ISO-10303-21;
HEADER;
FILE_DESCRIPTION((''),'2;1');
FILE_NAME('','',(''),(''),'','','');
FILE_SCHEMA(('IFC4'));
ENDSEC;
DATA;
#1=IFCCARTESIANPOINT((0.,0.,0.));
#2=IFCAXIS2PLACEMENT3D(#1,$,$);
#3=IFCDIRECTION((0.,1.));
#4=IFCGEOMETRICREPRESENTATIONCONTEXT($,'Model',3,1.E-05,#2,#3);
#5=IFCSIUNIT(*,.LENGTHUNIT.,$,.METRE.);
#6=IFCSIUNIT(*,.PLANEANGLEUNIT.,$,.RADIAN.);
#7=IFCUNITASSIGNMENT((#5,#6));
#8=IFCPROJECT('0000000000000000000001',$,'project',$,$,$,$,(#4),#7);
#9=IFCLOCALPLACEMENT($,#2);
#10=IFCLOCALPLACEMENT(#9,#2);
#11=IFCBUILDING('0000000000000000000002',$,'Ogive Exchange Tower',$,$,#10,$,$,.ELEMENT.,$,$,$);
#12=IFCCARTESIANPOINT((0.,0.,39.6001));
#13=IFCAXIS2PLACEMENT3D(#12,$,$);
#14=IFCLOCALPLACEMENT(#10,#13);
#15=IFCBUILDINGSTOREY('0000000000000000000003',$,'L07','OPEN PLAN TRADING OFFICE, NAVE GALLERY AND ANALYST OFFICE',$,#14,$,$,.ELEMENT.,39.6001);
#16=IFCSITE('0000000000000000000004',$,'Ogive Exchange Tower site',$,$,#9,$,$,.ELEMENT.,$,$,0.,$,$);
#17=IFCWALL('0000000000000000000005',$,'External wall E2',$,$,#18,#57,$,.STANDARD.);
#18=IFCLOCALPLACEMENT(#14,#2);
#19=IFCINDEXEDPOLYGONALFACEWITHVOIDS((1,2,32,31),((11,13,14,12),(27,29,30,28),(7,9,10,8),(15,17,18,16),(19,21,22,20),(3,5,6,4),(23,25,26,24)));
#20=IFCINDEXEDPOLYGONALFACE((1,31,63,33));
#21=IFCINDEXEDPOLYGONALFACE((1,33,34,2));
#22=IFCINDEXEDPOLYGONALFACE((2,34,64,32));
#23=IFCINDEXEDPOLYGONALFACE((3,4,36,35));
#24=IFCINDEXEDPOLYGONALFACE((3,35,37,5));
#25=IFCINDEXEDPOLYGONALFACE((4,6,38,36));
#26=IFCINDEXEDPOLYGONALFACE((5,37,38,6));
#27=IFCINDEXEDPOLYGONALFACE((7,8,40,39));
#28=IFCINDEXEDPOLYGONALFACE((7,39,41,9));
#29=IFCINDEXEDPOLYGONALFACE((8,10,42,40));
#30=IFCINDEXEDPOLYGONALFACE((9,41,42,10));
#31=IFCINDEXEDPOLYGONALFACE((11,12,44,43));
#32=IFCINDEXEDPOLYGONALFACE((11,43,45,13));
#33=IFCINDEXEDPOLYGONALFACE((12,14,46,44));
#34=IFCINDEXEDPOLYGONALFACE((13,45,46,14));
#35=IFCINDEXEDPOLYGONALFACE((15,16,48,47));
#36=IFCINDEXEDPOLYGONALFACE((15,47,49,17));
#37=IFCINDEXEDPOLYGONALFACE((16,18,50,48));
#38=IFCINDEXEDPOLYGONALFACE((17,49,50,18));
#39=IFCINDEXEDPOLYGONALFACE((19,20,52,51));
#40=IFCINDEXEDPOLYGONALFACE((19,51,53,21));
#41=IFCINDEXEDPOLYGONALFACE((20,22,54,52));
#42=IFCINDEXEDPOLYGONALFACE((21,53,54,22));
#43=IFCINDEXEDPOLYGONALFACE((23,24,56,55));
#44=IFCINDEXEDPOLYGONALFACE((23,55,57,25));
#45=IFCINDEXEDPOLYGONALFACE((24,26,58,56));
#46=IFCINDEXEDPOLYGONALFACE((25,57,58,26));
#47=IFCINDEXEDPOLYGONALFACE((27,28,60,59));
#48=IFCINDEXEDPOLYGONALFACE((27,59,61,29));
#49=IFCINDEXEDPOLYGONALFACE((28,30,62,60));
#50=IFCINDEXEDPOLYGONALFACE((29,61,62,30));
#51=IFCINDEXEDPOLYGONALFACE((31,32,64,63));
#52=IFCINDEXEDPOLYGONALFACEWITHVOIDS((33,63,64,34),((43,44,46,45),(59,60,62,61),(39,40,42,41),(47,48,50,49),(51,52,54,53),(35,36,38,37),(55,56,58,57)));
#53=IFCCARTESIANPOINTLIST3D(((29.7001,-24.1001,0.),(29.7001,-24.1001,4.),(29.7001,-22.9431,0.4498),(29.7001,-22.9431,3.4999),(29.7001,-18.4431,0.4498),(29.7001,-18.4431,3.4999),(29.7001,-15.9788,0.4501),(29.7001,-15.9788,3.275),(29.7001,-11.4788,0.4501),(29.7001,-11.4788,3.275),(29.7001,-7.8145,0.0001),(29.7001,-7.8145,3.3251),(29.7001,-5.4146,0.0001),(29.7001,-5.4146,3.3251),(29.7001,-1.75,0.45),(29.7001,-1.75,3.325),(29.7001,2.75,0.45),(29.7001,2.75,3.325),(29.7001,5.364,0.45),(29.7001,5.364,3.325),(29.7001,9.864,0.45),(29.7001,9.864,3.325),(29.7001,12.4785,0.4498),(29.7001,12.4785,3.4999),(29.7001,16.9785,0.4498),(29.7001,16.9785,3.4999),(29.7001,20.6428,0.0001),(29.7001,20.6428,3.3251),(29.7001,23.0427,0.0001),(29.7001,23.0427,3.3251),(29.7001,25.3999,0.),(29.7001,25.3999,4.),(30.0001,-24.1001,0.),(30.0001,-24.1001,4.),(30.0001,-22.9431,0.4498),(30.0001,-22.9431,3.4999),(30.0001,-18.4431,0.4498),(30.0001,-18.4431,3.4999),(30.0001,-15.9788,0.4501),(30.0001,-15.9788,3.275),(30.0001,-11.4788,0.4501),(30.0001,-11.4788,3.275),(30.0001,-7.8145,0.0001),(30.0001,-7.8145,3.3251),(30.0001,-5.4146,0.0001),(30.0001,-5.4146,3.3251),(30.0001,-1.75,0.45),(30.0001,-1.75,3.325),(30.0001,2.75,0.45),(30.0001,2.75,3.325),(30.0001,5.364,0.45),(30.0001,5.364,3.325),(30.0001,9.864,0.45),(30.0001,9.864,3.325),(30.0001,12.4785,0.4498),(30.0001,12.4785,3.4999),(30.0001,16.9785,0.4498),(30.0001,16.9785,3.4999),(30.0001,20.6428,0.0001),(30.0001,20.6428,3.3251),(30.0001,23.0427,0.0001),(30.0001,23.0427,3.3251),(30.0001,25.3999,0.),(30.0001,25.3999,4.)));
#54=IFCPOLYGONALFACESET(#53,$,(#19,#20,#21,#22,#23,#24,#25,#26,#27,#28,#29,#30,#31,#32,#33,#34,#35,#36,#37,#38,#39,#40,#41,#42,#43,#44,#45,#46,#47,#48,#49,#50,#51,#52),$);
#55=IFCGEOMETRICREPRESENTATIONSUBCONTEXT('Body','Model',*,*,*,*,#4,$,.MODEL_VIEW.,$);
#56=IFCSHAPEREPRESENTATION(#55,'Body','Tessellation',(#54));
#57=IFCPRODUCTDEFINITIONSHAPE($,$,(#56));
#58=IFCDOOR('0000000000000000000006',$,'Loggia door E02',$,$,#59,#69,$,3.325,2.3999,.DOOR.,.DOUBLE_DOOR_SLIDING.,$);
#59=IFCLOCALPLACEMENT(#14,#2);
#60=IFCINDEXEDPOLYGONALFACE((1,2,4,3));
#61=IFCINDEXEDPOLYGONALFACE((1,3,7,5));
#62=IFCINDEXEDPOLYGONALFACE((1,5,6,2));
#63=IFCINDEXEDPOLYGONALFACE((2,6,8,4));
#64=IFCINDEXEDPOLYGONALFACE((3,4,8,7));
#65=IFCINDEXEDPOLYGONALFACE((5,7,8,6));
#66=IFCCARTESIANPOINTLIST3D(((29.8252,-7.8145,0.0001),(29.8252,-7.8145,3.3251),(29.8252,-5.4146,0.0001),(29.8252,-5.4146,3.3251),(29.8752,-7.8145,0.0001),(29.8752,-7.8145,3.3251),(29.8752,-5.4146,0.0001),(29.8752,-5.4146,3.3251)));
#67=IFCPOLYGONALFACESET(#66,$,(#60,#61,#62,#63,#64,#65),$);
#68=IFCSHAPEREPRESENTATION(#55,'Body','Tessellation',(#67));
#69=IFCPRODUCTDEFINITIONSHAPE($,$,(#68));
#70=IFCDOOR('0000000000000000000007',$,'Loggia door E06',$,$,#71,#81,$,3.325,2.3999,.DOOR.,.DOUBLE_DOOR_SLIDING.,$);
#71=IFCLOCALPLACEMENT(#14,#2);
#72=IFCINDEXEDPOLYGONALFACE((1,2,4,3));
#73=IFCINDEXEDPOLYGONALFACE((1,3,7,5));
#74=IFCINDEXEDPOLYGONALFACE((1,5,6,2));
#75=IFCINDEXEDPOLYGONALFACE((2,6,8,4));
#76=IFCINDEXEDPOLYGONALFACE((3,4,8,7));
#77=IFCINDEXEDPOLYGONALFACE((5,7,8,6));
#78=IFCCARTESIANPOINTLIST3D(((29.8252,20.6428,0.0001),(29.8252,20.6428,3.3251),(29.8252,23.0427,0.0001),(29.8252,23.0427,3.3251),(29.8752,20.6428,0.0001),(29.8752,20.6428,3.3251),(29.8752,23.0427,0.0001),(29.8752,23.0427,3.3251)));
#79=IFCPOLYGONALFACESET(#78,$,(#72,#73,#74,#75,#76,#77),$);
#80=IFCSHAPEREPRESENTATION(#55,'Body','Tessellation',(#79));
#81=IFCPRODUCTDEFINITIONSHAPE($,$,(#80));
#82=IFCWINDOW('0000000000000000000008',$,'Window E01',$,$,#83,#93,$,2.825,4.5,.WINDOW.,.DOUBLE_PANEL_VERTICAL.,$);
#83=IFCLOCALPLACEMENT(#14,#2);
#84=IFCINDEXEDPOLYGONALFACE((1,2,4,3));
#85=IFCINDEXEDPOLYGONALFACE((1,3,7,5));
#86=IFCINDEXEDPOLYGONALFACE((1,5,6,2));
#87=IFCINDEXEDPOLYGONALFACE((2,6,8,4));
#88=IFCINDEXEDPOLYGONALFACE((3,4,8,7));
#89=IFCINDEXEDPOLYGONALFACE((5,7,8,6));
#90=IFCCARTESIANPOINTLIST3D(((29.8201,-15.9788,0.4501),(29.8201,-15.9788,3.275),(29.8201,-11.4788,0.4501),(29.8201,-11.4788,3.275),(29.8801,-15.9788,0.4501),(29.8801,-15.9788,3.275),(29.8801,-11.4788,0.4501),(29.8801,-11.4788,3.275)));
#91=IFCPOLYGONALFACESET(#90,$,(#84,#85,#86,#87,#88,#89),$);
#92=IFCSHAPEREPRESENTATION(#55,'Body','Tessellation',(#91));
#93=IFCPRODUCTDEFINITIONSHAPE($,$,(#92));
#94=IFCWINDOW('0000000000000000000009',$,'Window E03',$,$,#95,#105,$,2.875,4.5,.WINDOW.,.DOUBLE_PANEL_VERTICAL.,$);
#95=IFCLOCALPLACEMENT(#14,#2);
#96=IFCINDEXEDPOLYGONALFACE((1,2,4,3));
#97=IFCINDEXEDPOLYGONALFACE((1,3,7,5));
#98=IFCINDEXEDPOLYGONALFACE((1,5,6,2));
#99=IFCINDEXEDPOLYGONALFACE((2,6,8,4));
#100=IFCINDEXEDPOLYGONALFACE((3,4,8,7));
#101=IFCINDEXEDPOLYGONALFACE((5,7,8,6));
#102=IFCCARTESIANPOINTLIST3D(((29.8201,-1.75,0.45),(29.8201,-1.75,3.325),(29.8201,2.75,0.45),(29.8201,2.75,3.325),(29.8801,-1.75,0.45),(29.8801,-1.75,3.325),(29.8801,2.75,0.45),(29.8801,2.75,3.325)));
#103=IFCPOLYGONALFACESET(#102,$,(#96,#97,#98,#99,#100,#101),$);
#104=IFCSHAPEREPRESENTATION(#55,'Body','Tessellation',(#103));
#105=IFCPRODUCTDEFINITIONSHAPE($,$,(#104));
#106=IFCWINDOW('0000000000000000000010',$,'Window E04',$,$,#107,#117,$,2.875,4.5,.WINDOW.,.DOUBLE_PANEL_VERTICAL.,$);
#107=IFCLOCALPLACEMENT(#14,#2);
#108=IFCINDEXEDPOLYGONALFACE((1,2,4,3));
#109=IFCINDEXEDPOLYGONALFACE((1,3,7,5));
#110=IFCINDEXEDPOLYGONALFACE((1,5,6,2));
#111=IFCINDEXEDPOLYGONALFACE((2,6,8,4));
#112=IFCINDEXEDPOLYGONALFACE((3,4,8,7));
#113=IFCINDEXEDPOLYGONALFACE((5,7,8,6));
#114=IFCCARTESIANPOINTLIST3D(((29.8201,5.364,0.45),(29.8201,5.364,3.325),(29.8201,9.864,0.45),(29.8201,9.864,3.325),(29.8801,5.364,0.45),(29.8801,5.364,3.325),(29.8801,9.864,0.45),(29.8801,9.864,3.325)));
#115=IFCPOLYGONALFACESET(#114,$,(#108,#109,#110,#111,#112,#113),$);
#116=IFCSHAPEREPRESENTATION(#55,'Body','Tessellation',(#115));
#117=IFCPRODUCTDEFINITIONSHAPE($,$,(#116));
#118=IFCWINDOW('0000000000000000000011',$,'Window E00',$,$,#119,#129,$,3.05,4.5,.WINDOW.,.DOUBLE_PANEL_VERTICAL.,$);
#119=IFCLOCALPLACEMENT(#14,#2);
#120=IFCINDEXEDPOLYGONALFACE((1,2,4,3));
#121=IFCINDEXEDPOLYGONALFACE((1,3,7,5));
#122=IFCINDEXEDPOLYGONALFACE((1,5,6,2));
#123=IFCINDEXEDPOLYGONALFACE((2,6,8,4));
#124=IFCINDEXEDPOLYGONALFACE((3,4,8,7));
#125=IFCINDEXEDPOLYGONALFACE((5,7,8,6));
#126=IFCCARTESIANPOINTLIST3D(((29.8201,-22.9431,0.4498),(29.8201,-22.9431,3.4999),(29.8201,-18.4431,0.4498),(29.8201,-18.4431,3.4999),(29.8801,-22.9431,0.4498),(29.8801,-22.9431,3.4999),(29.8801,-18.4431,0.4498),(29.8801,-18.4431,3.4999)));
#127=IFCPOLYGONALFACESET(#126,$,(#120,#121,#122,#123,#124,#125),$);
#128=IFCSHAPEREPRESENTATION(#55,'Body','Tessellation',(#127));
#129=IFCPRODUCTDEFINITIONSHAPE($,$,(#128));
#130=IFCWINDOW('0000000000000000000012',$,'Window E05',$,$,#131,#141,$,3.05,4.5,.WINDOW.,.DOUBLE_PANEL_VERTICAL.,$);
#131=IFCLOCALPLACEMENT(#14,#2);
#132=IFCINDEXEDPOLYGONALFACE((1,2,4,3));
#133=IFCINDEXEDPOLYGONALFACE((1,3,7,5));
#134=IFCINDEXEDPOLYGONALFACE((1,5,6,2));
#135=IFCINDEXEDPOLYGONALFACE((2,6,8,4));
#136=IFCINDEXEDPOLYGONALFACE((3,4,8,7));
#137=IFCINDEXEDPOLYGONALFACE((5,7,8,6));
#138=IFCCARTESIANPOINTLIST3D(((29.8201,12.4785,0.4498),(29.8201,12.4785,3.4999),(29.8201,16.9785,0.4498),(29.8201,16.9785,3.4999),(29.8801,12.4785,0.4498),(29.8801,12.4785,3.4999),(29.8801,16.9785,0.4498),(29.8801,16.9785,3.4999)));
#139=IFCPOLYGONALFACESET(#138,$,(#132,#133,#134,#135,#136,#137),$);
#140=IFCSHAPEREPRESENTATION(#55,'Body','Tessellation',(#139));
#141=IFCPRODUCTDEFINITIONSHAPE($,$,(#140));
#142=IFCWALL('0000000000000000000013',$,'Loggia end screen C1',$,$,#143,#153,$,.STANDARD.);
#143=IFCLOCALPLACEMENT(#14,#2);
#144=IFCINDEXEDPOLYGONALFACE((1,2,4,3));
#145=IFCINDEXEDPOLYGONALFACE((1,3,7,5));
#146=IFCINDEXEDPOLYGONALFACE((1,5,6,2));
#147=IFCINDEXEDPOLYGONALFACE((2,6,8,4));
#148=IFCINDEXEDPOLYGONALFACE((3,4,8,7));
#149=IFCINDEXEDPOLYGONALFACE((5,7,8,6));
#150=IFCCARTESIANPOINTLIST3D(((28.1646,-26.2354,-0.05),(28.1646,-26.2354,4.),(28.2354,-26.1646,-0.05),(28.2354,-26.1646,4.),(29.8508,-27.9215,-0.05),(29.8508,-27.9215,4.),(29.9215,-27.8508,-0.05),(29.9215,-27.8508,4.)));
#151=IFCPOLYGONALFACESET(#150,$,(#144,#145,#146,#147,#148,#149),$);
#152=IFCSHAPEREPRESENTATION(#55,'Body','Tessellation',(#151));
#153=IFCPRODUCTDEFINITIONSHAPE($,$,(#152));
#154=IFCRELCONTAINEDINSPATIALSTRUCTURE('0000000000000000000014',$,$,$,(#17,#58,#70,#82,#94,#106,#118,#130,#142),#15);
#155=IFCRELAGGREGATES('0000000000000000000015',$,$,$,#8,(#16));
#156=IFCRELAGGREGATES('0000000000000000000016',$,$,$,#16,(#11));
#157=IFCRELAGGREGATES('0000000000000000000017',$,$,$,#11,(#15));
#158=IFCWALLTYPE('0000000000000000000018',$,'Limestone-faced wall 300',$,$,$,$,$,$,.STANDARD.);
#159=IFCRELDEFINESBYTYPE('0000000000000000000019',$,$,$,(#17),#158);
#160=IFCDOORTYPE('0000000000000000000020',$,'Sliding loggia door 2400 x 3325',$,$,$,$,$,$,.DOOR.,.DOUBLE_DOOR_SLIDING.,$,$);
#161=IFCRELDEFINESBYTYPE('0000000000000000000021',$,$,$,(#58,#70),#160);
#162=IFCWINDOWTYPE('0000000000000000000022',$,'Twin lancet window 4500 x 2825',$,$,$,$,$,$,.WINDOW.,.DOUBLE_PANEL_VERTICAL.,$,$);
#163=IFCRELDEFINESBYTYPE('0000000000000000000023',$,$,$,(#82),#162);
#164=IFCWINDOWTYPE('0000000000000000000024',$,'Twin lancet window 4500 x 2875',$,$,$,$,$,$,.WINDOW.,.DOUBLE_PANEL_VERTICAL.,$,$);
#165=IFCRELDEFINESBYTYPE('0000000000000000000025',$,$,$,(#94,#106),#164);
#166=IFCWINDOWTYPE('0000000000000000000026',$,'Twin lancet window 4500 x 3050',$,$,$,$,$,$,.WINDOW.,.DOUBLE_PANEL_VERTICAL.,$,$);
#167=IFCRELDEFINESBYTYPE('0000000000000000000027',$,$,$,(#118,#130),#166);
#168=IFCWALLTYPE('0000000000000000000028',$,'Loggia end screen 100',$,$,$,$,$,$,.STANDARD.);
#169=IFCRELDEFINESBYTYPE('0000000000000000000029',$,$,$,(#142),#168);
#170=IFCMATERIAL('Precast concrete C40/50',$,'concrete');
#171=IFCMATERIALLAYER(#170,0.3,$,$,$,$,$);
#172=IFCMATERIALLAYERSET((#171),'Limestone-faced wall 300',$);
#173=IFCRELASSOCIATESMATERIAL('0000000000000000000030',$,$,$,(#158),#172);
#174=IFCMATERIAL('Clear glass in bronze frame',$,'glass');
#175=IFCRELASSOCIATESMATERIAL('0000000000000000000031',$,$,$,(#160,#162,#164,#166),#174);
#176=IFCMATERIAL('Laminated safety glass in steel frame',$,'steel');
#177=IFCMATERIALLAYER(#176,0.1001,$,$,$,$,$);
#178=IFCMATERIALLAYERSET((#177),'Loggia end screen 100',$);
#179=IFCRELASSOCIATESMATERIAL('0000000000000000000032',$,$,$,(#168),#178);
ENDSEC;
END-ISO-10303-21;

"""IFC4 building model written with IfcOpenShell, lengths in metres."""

from ifc_helpers import new_model, si_unit, direction, frame, frame_2d, origin, place, context, subcontext, project, spatial, rectangle, extrude, material, layer, layer_set, type_object, element, fill, save


model = new_model("IFC4")

# Units and contexts
model_context = context("Model", 3, precision=1e-05, world=origin(), true_north=direction((0.0, 1.0)))
body_context = subcontext(model_context, "Body", "Model", "MODEL_VIEW")
ifc_project = project(units=[si_unit("LENGTHUNIT", "METRE"), si_unit("PLANEANGLEUNIT", "RADIAN")], contexts=[model_context])

# Site, building, storey
site_placement = place(None, origin())
site = spatial("IfcSite", under=ifc_project, at=site_placement, Name="Ogive Exchange Tower site", CompositionType="ELEMENT", RefElevation=0.0)
building_placement = place(site_placement, origin())
building = spatial("IfcBuilding", under=site, at=building_placement, Name="Ogive Exchange Tower", CompositionType="ELEMENT")
storey_placement = place(building_placement, frame((0.0, 0.0, 39.6001)))
storey = spatial("IfcBuildingStorey", under=building, at=storey_placement, Name="L07", Description="OPEN PLAN TRADING OFFICE, NAVE GALLERY AND ANALYST OFFICE", CompositionType="ELEMENT", Elevation=39.6001)

# Wall, openings, doors, windows
ifc_material_1 = material(Name="Precast concrete C40/50", Category="concrete")
ifc_layer_1 = layer(ifc_material_1, 0.3)
ifc_layer_set_1 = layer_set([ifc_layer_1], Name="Limestone-faced wall 300")
wall_type_1 = type_object("IfcWallType", Name="Limestone-faced wall 300", PredefinedType="STANDARD", material=ifc_layer_set_1)
wall_1_placement = place(storey_placement, frame((29.8501, -24.1001, 0.0), z_axis=(0.0, 0.0, 1.0), x_axis=(0.0, 1.0, 0.0)))
wall_1 = element("IfcWall", 1, at=wall_1_placement, inside=storey, type_object=wall_type_1, Name="External wall E2", PredefinedType="STANDARD", context=body_context, shape_type="SweptSolid", body=[
    extrude(rectangle(XDim=49.5, YDim=0.3, at=frame_2d((24.75, 0.0))), origin(), (0.0, 0.0, 1.0), 4.0),
])
opening_1_placement = place(wall_1_placement, frame((1.157, 0.0, 0.45)))
opening_1 = element("IfcOpeningElement", 2, at=opening_1_placement, cuts=wall_1, PredefinedType="OPENING", context=body_context, shape_type="SweptSolid", body=[
    extrude(rectangle(XDim=4.5, YDim=3.05, at=frame_2d((2.25, 1.5249))), frame((0.0, 0.1599, 0.0), z_axis=(0.0, -1.0, 0.0), x_axis=(1.0, 0.0, 0.0)), (0.0, 0.0, 1.0), 0.3201),
])
opening_2_placement = place(wall_1_placement, frame((8.1213, 0.0, 0.45)))
opening_2 = element("IfcOpeningElement", 3, at=opening_2_placement, cuts=wall_1, PredefinedType="OPENING", context=body_context, shape_type="SweptSolid", body=[
    extrude(rectangle(XDim=4.5, YDim=2.825, at=frame_2d((2.25, 1.4126))), frame((0.0, 0.1599, 0.0), z_axis=(0.0, -1.0, 0.0), x_axis=(1.0, 0.0, 0.0)), (0.0, 0.0, 1.0), 0.3201),
])
opening_3_placement = place(wall_1_placement, frame((16.2856, 0.0, 0.0)))
opening_3 = element("IfcOpeningElement", 4, at=opening_3_placement, cuts=wall_1, PredefinedType="OPENING", context=body_context, shape_type="SweptSolid", body=[
    extrude(rectangle(XDim=2.3999, YDim=3.325, at=frame_2d((1.2, 1.6626))), frame((0.0, 0.1599, 0.0), z_axis=(0.0, -1.0, 0.0), x_axis=(1.0, 0.0, 0.0)), (0.0, 0.0, 1.0), 0.3201),
])
opening_4_placement = place(wall_1_placement, frame((22.3501, 0.0, 0.45)))
opening_4 = element("IfcOpeningElement", 5, at=opening_4_placement, cuts=wall_1, PredefinedType="OPENING", context=body_context, shape_type="SweptSolid", body=[
    extrude(rectangle(XDim=4.5, YDim=2.875, at=frame_2d((2.25, 1.4375))), frame((0.0, 0.1599, 0.0), z_axis=(0.0, -1.0, 0.0), x_axis=(1.0, 0.0, 0.0)), (0.0, 0.0, 1.0), 0.3201),
])
opening_5_placement = place(wall_1_placement, frame((29.4641, 0.0, 0.45)))
opening_5 = element("IfcOpeningElement", 6, at=opening_5_placement, cuts=wall_1, PredefinedType="OPENING", context=body_context, shape_type="SweptSolid", body=[
    extrude(rectangle(XDim=4.5, YDim=2.875, at=frame_2d((2.25, 1.4375))), frame((0.0, 0.1599, 0.0), z_axis=(0.0, -1.0, 0.0), x_axis=(1.0, 0.0, 0.0)), (0.0, 0.0, 1.0), 0.3201),
])
opening_6_placement = place(wall_1_placement, frame((36.5786, 0.0, 0.45)))
opening_6 = element("IfcOpeningElement", 7, at=opening_6_placement, cuts=wall_1, PredefinedType="OPENING", context=body_context, shape_type="SweptSolid", body=[
    extrude(rectangle(XDim=4.5, YDim=3.05, at=frame_2d((2.25, 1.5249))), frame((0.0, 0.1599, 0.0), z_axis=(0.0, -1.0, 0.0), x_axis=(1.0, 0.0, 0.0)), (0.0, 0.0, 1.0), 0.3201),
])
opening_7_placement = place(wall_1_placement, frame((44.7429, 0.0, 0.0)))
opening_7 = element("IfcOpeningElement", 8, at=opening_7_placement, cuts=wall_1, PredefinedType="OPENING", context=body_context, shape_type="SweptSolid", body=[
    extrude(rectangle(XDim=2.3999, YDim=3.325, at=frame_2d((1.2, 1.6626))), frame((0.0, 0.1599, 0.0), z_axis=(0.0, -1.0, 0.0), x_axis=(1.0, 0.0, 0.0)), (0.0, 0.0, 1.0), 0.3201),
])
ifc_material_2 = material(Name="Clear glass in bronze frame", Category="glass")
door_type = type_object("IfcDoorType", Name="Sliding loggia door 2400 x 3325", OperationType="DOUBLE_DOOR_SLIDING", PredefinedType="DOOR", material=ifc_material_2)
door_1_placement = place(opening_3_placement, origin())
door_1 = element("IfcDoor", 9, at=door_1_placement, inside=storey, type_object=door_type, Name="Loggia door E02", OperationType="DOUBLE_DOOR_SLIDING", OverallHeight=3.325, OverallWidth=2.3999, PredefinedType="DOOR", context=body_context, shape_type="SweptSolid", body=[
    extrude(rectangle(XDim=2.3999, YDim=3.325, at=frame_2d((1.2, 1.6626))), frame((0.0, 0.0249, 0.0), z_axis=(0.0, -1.0, 0.0), x_axis=(1.0, 0.0, 0.0)), (0.0, 0.0, 1.0), 0.05),
])
fill(opening_3, door_1)
door_2_placement = place(opening_7_placement, origin())
door_2 = element("IfcDoor", 10, at=door_2_placement, inside=storey, type_object=door_type, Name="Loggia door E06", OperationType="DOUBLE_DOOR_SLIDING", OverallHeight=3.325, OverallWidth=2.3999, PredefinedType="DOOR", context=body_context, shape_type="SweptSolid", body=[
    extrude(rectangle(XDim=2.3999, YDim=3.325, at=frame_2d((1.2, 1.6626))), frame((0.0, 0.0249, 0.0), z_axis=(0.0, -1.0, 0.0), x_axis=(1.0, 0.0, 0.0)), (0.0, 0.0, 1.0), 0.05),
])
fill(opening_7, door_2)
window_type_1 = type_object("IfcWindowType", Name="Twin lancet window 4500 x 2825", PartitioningType="DOUBLE_PANEL_VERTICAL", PredefinedType="WINDOW", material=ifc_material_2)
window_1_placement = place(opening_2_placement, origin())
window_1 = element("IfcWindow", 11, at=window_1_placement, inside=storey, type_object=window_type_1, Name="Window E01", OverallHeight=2.825, OverallWidth=4.5, PartitioningType="DOUBLE_PANEL_VERTICAL", PredefinedType="WINDOW", context=body_context, shape_type="SweptSolid", body=[
    extrude(rectangle(XDim=4.5, YDim=2.825, at=frame_2d((2.25, 1.4126))), frame((0.0, 0.03, 0.0), z_axis=(0.0, -1.0, 0.0), x_axis=(1.0, 0.0, 0.0)), (0.0, 0.0, 1.0), 0.0601),
])
fill(opening_2, window_1)
window_type_2 = type_object("IfcWindowType", Name="Twin lancet window 4500 x 2875", PartitioningType="DOUBLE_PANEL_VERTICAL", PredefinedType="WINDOW", material=ifc_material_2)
window_2_placement = place(opening_4_placement, origin())
window_2 = element("IfcWindow", 12, at=window_2_placement, inside=storey, type_object=window_type_2, Name="Window E03", OverallHeight=2.875, OverallWidth=4.5, PartitioningType="DOUBLE_PANEL_VERTICAL", PredefinedType="WINDOW", context=body_context, shape_type="SweptSolid", body=[
    extrude(rectangle(XDim=4.5, YDim=2.875, at=frame_2d((2.25, 1.4375))), frame((0.0, 0.03, 0.0), z_axis=(0.0, -1.0, 0.0), x_axis=(1.0, 0.0, 0.0)), (0.0, 0.0, 1.0), 0.0601),
])
fill(opening_4, window_2)
window_3_placement = place(opening_5_placement, origin())
window_3 = element("IfcWindow", 13, at=window_3_placement, inside=storey, type_object=window_type_2, Name="Window E04", OverallHeight=2.875, OverallWidth=4.5, PartitioningType="DOUBLE_PANEL_VERTICAL", PredefinedType="WINDOW", context=body_context, shape_type="SweptSolid", body=[
    extrude(rectangle(XDim=4.5, YDim=2.875, at=frame_2d((2.25, 1.4375))), frame((0.0, 0.03, 0.0), z_axis=(0.0, -1.0, 0.0), x_axis=(1.0, 0.0, 0.0)), (0.0, 0.0, 1.0), 0.0601),
])
fill(opening_5, window_3)
window_type_3 = type_object("IfcWindowType", Name="Twin lancet window 4500 x 3050", PartitioningType="DOUBLE_PANEL_VERTICAL", PredefinedType="WINDOW", material=ifc_material_2)
window_4_placement = place(opening_1_placement, origin())
window_4 = element("IfcWindow", 14, at=window_4_placement, inside=storey, type_object=window_type_3, Name="Window E00", OverallHeight=3.05, OverallWidth=4.5, PartitioningType="DOUBLE_PANEL_VERTICAL", PredefinedType="WINDOW", context=body_context, shape_type="SweptSolid", body=[
    extrude(rectangle(XDim=4.5, YDim=3.05, at=frame_2d((2.25, 1.5249))), frame((0.0, 0.03, 0.0), z_axis=(0.0, -1.0, 0.0), x_axis=(1.0, 0.0, 0.0)), (0.0, 0.0, 1.0), 0.0601),
])
fill(opening_1, window_4)
window_5_placement = place(opening_6_placement, origin())
window_5 = element("IfcWindow", 15, at=window_5_placement, inside=storey, type_object=window_type_3, Name="Window E05", OverallHeight=3.05, OverallWidth=4.5, PartitioningType="DOUBLE_PANEL_VERTICAL", PredefinedType="WINDOW", context=body_context, shape_type="SweptSolid", body=[
    extrude(rectangle(XDim=4.5, YDim=3.05, at=frame_2d((2.25, 1.5249))), frame((0.0, 0.03, 0.0), z_axis=(0.0, -1.0, 0.0), x_axis=(1.0, 0.0, 0.0)), (0.0, 0.0, 1.0), 0.0601),
])
fill(opening_6, window_5)

# Wall
ifc_material_3 = material(Name="Laminated safety glass in steel frame", Category="steel")
ifc_layer_2 = layer(ifc_material_3, 0.1001)
ifc_layer_set_2 = layer_set([ifc_layer_2], Name="Loggia end screen 100")
wall_type_2 = type_object("IfcWallType", Name="Loggia end screen 100", PredefinedType="STANDARD", material=ifc_layer_set_2)
wall_2_placement = place(storey_placement, frame((28.2, -26.2, -0.05), z_axis=(0.0, 0.0, 1.0), x_axis=(0.707107, -0.707107, 0.0)))
element("IfcWall", 16, at=wall_2_placement, inside=storey, type_object=wall_type_2, Name="Loggia end screen C1", PredefinedType="STANDARD", context=body_context, shape_type="SweptSolid", body=[
    extrude(rectangle(XDim=2.3845, YDim=0.1001, at=frame_2d((1.1924, 0.0))), origin(), (0.0, 0.0, 1.0), 4.05),
])

save(model, "model.ifc")
